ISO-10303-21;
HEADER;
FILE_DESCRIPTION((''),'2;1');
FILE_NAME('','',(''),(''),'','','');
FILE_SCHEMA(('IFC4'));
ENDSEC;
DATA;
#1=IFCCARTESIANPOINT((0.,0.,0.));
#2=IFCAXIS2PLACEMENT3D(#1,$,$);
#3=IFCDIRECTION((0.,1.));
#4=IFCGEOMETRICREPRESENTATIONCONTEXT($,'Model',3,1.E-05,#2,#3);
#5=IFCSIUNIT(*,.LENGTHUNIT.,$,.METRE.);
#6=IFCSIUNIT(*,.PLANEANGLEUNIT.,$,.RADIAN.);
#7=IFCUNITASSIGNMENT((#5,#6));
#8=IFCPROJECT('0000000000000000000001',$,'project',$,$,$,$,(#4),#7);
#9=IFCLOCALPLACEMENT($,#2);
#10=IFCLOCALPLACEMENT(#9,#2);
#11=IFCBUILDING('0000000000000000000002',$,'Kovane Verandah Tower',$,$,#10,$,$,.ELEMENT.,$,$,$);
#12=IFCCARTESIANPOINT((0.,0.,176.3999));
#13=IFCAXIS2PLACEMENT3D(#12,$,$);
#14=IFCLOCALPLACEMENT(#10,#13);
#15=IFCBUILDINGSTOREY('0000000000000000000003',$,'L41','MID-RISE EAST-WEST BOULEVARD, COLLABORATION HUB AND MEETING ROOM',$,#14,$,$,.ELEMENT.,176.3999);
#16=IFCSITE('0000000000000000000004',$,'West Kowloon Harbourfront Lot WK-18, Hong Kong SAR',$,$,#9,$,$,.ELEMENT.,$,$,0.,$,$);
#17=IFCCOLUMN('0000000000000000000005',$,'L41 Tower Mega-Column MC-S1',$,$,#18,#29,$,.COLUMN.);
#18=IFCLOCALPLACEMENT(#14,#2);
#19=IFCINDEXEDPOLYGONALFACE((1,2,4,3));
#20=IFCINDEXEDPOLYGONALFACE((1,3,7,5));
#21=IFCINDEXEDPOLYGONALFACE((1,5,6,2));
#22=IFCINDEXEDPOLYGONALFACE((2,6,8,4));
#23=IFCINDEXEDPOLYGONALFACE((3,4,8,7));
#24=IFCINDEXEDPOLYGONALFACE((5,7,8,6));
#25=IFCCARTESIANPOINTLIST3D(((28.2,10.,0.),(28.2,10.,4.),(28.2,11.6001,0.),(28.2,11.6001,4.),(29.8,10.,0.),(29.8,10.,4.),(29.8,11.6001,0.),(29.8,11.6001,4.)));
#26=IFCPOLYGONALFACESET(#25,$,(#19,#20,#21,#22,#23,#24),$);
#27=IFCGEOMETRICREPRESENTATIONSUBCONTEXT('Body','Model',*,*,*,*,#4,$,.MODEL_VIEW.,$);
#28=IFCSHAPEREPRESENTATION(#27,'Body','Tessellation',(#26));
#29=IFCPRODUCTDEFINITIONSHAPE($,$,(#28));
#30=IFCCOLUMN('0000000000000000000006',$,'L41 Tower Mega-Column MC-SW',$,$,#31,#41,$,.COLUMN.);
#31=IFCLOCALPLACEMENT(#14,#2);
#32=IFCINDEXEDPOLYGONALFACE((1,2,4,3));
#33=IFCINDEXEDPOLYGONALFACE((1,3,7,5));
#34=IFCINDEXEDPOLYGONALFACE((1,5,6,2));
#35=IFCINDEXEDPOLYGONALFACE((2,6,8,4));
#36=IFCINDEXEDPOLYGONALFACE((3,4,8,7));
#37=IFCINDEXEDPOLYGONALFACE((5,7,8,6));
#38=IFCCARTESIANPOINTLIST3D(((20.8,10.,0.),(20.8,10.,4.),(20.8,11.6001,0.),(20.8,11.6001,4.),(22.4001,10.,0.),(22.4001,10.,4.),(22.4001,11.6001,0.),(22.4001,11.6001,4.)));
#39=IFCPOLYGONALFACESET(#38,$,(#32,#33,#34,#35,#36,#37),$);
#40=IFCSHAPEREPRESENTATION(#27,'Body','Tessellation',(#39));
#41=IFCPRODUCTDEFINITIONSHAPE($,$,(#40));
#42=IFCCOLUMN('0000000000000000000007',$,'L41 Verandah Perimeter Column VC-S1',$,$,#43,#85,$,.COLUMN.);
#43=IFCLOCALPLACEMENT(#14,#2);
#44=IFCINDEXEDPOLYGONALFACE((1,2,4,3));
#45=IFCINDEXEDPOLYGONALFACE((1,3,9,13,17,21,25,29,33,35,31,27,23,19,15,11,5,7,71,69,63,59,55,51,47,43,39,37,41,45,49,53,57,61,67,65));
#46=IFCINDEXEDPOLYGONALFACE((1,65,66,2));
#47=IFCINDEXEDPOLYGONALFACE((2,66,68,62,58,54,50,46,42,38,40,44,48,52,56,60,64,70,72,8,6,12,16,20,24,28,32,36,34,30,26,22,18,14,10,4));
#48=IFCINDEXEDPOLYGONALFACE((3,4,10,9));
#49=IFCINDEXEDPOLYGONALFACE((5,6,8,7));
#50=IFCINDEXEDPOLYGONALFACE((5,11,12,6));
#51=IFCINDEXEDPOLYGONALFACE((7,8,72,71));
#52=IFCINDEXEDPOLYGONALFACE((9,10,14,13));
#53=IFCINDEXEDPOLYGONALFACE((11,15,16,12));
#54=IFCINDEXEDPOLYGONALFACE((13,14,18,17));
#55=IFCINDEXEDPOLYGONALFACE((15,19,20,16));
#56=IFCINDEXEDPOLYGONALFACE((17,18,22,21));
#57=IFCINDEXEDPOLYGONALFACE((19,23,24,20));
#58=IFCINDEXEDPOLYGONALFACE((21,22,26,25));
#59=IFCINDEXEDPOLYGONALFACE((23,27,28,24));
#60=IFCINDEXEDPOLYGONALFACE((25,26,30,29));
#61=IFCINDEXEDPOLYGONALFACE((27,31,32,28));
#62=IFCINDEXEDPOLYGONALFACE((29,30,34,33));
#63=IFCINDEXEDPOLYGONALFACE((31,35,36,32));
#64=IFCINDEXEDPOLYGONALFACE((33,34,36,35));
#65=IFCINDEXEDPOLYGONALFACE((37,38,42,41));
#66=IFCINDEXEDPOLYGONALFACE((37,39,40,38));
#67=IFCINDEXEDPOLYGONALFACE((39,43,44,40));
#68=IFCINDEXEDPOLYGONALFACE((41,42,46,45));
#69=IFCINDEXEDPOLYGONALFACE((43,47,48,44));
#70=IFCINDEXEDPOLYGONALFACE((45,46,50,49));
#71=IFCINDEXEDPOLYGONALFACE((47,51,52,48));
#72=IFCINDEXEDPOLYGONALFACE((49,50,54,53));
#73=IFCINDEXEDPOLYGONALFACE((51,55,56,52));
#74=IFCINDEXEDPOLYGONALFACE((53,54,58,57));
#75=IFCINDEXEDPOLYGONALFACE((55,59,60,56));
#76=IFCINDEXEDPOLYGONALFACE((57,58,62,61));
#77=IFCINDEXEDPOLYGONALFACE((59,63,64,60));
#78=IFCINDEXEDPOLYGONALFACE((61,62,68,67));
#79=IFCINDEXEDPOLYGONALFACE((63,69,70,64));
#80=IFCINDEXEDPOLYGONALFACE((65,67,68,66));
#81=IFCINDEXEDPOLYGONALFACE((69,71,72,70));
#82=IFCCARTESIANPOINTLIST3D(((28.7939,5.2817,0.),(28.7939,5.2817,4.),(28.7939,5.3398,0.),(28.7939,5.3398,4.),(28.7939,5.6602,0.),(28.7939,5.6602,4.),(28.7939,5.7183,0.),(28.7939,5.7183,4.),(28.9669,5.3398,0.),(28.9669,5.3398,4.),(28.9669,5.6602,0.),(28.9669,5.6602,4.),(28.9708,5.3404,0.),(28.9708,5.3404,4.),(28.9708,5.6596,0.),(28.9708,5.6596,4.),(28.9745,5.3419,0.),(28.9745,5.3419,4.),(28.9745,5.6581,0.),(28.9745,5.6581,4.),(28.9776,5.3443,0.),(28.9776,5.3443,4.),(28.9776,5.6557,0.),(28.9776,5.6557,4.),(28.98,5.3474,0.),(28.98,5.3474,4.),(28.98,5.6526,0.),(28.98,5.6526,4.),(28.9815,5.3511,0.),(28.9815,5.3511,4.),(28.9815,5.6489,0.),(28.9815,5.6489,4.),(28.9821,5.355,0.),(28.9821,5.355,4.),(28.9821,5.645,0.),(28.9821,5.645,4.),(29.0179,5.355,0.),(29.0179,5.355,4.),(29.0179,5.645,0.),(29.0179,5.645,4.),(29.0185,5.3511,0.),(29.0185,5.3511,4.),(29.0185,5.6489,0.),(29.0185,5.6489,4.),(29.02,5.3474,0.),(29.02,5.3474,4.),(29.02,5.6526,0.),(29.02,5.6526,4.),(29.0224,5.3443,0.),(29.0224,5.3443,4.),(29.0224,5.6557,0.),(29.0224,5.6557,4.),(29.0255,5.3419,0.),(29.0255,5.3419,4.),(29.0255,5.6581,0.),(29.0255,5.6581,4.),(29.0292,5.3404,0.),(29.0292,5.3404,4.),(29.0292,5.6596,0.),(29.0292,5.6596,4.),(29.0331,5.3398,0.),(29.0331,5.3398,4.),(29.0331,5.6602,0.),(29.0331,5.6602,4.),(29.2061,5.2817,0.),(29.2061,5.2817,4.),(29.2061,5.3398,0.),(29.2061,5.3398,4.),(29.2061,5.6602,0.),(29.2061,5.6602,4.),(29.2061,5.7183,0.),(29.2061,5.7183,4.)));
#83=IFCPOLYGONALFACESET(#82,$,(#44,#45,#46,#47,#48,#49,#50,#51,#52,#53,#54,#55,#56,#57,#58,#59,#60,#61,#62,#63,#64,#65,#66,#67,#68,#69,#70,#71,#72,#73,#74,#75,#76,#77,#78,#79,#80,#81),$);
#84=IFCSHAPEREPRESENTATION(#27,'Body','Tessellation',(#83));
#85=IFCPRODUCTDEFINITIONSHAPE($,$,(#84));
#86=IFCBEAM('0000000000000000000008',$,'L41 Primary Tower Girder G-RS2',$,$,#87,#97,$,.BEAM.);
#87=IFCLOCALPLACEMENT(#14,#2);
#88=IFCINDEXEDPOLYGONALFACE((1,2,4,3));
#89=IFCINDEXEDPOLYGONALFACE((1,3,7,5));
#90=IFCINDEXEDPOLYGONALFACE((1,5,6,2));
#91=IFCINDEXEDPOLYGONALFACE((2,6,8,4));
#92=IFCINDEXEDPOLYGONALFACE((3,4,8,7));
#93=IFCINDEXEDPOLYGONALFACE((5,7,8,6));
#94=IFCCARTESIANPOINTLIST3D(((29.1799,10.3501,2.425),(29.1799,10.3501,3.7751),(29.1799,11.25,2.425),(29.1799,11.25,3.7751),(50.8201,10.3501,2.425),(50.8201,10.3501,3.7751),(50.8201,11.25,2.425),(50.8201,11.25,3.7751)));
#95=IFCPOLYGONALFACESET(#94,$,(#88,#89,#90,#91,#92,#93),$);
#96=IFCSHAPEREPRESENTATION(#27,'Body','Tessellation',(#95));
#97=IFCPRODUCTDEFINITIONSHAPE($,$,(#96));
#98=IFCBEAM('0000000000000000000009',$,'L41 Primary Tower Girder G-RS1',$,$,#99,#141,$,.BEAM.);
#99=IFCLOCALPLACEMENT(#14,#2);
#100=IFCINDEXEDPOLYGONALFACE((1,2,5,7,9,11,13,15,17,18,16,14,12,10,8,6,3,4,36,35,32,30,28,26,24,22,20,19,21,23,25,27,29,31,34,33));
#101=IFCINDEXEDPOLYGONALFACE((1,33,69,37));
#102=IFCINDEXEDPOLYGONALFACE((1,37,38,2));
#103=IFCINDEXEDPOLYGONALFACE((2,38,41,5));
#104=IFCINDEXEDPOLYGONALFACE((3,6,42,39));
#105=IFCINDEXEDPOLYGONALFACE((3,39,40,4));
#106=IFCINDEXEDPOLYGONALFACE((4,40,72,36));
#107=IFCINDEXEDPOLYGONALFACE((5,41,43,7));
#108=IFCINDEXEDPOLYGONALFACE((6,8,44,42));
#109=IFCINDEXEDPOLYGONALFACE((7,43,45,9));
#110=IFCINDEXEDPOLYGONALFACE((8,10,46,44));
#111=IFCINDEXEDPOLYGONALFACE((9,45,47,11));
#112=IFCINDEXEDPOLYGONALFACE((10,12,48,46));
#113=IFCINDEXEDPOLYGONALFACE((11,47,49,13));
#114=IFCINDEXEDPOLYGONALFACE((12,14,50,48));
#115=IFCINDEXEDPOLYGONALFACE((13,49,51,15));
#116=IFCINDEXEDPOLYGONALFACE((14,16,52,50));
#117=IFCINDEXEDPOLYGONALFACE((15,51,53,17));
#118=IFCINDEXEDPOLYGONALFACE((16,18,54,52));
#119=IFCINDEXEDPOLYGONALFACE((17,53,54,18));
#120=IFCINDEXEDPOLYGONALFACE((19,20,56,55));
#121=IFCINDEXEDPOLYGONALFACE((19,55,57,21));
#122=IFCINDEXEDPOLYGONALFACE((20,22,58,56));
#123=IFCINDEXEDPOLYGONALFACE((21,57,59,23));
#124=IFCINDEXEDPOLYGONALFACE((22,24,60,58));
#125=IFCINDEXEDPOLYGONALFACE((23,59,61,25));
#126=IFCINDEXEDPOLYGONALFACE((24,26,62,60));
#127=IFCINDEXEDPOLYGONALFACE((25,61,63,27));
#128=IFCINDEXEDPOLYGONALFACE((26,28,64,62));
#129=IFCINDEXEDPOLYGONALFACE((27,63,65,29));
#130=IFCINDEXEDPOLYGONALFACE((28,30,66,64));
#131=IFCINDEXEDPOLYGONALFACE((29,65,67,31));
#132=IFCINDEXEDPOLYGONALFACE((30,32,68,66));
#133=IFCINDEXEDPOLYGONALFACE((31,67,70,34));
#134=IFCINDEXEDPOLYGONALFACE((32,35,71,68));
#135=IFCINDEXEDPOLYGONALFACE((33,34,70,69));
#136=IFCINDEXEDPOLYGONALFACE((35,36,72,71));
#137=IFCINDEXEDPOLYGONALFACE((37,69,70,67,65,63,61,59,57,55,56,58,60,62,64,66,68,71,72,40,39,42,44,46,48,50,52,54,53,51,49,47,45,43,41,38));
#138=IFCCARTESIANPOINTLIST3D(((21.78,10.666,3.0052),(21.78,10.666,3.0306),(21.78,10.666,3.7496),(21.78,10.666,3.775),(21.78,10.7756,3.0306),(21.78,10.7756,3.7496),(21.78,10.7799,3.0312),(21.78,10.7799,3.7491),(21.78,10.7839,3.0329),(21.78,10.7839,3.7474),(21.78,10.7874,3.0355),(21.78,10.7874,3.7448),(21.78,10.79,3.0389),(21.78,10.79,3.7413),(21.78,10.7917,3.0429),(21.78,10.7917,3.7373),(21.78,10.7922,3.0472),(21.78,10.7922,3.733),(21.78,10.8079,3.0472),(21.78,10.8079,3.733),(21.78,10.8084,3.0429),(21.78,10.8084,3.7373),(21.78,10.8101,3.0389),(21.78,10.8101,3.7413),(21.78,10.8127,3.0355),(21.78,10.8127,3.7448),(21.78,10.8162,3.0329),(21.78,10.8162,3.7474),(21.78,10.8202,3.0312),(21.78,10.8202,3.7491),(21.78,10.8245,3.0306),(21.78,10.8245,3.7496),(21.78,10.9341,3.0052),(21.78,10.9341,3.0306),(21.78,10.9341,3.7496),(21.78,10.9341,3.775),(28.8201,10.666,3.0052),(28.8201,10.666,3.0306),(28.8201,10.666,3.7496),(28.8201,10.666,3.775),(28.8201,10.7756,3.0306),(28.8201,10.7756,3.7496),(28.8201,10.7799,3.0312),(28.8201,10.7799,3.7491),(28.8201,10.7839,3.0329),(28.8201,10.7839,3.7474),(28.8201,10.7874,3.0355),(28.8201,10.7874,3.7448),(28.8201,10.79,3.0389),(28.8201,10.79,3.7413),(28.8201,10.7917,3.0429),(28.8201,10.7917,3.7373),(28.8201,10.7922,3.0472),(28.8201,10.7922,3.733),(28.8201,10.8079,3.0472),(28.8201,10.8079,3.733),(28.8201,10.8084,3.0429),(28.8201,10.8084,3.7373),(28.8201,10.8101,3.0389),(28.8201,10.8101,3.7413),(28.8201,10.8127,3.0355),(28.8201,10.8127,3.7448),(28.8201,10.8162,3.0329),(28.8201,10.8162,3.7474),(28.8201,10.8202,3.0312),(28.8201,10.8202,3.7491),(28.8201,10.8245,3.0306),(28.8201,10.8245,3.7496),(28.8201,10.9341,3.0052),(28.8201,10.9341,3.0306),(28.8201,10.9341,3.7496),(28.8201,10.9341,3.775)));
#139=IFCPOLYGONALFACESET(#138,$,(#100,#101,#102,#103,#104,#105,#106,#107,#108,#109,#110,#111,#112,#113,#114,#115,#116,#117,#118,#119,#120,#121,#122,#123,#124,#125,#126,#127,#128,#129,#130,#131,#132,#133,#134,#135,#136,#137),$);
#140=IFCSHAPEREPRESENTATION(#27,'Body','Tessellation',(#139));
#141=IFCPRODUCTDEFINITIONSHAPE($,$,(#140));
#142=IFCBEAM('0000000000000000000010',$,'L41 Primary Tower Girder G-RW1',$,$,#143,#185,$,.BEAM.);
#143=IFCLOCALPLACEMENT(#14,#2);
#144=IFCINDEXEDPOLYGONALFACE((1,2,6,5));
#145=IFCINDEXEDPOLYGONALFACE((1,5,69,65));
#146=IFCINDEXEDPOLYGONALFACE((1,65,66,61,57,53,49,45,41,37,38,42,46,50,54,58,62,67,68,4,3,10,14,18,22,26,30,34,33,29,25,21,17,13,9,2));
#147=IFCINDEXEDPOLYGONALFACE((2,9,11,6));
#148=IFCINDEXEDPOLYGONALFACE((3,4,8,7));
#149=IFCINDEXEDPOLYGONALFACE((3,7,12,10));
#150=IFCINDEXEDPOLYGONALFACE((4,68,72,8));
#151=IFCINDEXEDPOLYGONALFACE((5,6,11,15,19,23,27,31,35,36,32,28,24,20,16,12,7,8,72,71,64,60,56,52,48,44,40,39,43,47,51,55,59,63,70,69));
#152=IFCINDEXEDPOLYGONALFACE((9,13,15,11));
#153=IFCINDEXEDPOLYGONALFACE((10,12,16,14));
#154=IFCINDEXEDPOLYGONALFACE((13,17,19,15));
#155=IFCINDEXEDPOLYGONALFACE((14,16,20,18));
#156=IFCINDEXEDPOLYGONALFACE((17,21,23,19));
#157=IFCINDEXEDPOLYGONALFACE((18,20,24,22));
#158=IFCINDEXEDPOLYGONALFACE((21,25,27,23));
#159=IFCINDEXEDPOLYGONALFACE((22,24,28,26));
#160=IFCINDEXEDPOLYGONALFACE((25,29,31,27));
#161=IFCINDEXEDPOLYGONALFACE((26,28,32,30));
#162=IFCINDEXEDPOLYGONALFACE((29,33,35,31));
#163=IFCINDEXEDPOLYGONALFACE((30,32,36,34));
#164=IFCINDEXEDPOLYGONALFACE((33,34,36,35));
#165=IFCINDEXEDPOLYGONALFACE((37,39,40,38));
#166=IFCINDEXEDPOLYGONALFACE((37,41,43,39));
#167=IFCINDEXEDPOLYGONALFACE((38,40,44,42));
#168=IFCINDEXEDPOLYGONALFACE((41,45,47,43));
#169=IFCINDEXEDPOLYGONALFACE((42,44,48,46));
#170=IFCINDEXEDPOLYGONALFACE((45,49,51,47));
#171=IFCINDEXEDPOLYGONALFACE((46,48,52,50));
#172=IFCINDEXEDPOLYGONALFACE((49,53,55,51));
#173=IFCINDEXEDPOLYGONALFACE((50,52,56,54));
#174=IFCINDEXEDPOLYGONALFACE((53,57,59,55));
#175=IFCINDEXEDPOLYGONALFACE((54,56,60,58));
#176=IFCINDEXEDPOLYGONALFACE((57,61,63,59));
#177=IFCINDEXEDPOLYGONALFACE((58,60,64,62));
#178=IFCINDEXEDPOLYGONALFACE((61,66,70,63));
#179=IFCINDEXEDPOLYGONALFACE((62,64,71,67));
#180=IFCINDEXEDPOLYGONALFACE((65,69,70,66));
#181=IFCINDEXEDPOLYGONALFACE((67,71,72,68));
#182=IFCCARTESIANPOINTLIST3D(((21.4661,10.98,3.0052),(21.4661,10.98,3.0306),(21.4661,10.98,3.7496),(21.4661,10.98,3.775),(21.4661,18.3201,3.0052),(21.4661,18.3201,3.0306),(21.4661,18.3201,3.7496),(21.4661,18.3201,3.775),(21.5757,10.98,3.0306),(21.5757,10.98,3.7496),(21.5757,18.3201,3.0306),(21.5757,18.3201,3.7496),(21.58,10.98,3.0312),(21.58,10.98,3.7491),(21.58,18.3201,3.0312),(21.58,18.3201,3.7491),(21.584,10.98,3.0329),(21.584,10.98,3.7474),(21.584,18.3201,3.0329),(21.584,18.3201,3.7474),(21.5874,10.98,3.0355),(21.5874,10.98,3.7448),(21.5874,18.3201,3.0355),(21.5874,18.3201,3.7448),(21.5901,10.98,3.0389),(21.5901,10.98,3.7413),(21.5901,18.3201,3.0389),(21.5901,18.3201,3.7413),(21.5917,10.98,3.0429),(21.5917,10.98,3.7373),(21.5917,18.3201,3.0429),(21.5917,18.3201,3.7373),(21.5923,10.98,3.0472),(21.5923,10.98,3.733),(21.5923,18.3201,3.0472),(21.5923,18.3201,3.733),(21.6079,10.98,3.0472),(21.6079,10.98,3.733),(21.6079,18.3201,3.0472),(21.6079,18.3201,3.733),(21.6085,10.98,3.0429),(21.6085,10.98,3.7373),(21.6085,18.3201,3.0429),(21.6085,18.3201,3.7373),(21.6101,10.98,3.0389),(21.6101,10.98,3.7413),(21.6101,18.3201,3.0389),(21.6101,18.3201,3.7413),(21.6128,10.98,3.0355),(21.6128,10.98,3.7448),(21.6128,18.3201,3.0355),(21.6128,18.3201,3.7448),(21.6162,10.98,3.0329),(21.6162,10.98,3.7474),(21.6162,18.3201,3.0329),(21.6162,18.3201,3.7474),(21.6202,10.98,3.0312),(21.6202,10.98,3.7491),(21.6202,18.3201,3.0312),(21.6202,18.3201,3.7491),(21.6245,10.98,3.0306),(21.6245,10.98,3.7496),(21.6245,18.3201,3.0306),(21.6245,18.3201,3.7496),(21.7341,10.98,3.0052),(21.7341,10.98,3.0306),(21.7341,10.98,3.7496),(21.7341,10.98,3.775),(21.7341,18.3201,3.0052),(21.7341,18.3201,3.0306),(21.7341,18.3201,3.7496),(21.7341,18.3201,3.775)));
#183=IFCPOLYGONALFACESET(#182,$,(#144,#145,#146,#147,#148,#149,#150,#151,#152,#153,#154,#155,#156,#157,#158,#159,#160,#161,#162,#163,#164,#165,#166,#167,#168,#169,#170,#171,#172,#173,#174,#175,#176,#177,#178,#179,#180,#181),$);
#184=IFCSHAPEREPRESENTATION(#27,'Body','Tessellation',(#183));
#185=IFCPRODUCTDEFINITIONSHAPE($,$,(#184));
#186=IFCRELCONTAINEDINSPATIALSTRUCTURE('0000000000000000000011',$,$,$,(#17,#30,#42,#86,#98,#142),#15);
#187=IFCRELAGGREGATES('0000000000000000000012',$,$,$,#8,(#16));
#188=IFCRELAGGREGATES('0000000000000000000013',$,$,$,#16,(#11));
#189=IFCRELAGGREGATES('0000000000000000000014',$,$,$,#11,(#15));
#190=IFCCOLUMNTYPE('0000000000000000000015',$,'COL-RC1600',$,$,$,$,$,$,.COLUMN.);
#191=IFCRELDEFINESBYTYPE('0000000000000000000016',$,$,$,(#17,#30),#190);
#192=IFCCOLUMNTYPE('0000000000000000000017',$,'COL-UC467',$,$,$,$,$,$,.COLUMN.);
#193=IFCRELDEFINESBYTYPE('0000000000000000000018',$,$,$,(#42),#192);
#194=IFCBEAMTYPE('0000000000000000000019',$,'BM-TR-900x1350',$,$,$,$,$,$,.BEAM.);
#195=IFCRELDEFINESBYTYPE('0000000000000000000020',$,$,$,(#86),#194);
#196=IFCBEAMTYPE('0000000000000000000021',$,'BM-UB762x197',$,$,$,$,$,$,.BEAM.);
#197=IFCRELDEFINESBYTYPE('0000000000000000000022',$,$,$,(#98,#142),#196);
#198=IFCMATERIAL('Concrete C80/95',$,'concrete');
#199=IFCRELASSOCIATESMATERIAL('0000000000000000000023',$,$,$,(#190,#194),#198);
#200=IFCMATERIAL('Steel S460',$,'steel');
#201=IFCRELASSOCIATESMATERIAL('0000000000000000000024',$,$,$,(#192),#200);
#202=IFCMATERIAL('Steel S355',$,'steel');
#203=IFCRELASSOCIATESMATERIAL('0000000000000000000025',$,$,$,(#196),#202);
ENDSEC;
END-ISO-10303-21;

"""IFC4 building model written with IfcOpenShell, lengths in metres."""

from ifc_helpers import new_model, si_unit, direction, frame, origin, origin_2d, place, context, subcontext, project, spatial, rectangle, i_section, extrude, material, material_profile, profile_set, type_object, element, save


model = new_model("IFC4")

# Units and contexts
model_context = context("Model", 3, precision=1e-05, world=origin(), true_north=direction((0.0, 1.0)))
body_context = subcontext(model_context, "Body", "Model", "MODEL_VIEW")
ifc_project = project(units=[si_unit("LENGTHUNIT", "METRE"), si_unit("PLANEANGLEUNIT", "RADIAN")], contexts=[model_context])

# Site, building, storey
site_placement = place(None, origin())
site = spatial("IfcSite", under=ifc_project, at=site_placement, Name="West Kowloon Harbourfront Lot WK-18, Hong Kong SAR", CompositionType="ELEMENT", RefElevation=0.0)
building_placement = place(site_placement, origin())
building = spatial("IfcBuilding", under=site, at=building_placement, Name="Kovane Verandah Tower", CompositionType="ELEMENT")
storey_placement = place(building_placement, frame((0.0, 0.0, 176.3999)))
storey = spatial("IfcBuildingStorey", under=building, at=storey_placement, Name="L41", Description="MID-RISE EAST-WEST BOULEVARD, COLLABORATION HUB AND MEETING ROOM", CompositionType="ELEMENT", Elevation=176.3999)

# Columns
ifc_material_1 = material(Name="Concrete C80/95", Category="concrete")
ifc_material_profile_1 = material_profile(ifc_material_1, rectangle(XDim=1.6001, YDim=1.6001, at=origin_2d()), Name="RC1600x1600")
ifc_profile_set_1 = profile_set([ifc_material_profile_1], Name="Concrete C80/95")
column_type_1 = type_object("IfcColumnType", Name="COL-RC1600", PredefinedType="COLUMN", material=ifc_profile_set_1)
for number, where, z_axis, x_axis, name in (
    (1, (29.0, 10.8, 0.0), (0.0, 0.0, 1.0), (1.0, 0.0, 0.0), "L41 Tower Mega-Column MC-S1"),
    (2, (21.6001, 10.8, 0.0), (0.0, 0.0, 1.0), (1.0, 0.0, 0.0), "L41 Tower Mega-Column MC-SW"),
):
    element("IfcColumn", number, at=place(storey_placement, frame(where, z_axis=z_axis, x_axis=x_axis)), inside=storey, type_object=column_type_1, Name=name, PredefinedType="COLUMN", context=body_context, shape_type="SweptSolid", body=[
        extrude(rectangle(XDim=1.6001, YDim=1.6001, at=origin_2d()), origin(), (0.0, 0.0, 1.0), 4.0),
    ])
ifc_material_2 = material(Name="Steel S460", Category="steel")
ifc_material_profile_2 = material_profile(ifc_material_2, i_section(OverallWidth=0.4121, OverallDepth=0.4365, WebThickness=0.0359, FlangeThickness=0.0581, FilletRadius=0.0151, at=origin_2d()), Name="UC356x406x467")
ifc_profile_set_2 = profile_set([ifc_material_profile_2], Name="Steel S460")
column_type_2 = type_object("IfcColumnType", Name="COL-UC467", PredefinedType="COLUMN", material=ifc_profile_set_2)
column_placement = place(storey_placement, frame((29.0, 5.5, 0.0), z_axis=(0.0, 0.0, 1.0), x_axis=(1.0, 0.0, 0.0)))
element("IfcColumn", 3, at=column_placement, inside=storey, type_object=column_type_2, Name="L41 Verandah Perimeter Column VC-S1", PredefinedType="COLUMN", context=body_context, shape_type="SweptSolid", body=[
    extrude(i_section(OverallWidth=0.4121, OverallDepth=0.4365, WebThickness=0.0359, FlangeThickness=0.0581, FilletRadius=0.0151, at=origin_2d()), origin(), (0.0, 0.0, 1.0), 4.0),
])

# Beams
ifc_material_profile_3 = material_profile(ifc_material_1, rectangle(XDim=0.8999, YDim=1.3501, at=origin_2d()), Name="RCB900x1350")
ifc_profile_set_3 = profile_set([ifc_material_profile_3], Name="Concrete C80/95")
beam_type_1 = type_object("IfcBeamType", Name="BM-TR-900x1350", PredefinedType="BEAM", material=ifc_profile_set_3)
beam_1_placement = place(storey_placement, frame((29.1799, 10.8, 3.1001), z_axis=(1.0, 0.0, 0.0), x_axis=(0.0, 1.0, 0.0)))
element("IfcBeam", 4, at=beam_1_placement, inside=storey, type_object=beam_type_1, Name="L41 Primary Tower Girder G-RS2", PredefinedType="BEAM", context=body_context, shape_type="SweptSolid", body=[
    extrude(rectangle(XDim=0.8999, YDim=1.3501, at=origin_2d()), origin(), (0.0, 0.0, 1.0), 21.6401),
])
ifc_material_3 = material(Name="Steel S355", Category="steel")
ifc_material_profile_4 = material_profile(ifc_material_3, i_section(OverallWidth=0.2681, OverallDepth=0.7698, WebThickness=0.0156, FlangeThickness=0.0254, FilletRadius=0.0166, at=origin_2d()), Name="UB762x267x197")
ifc_profile_set_4 = profile_set([ifc_material_profile_4], Name="Steel S355")
beam_type_2 = type_object("IfcBeamType", Name="BM-UB762x197", PredefinedType="BEAM", material=ifc_profile_set_4)
beam_2_placement = place(storey_placement, frame((21.78, 10.8, 3.3901), z_axis=(1.0, 0.0, 0.0), x_axis=(0.0, 1.0, 0.0)))
element("IfcBeam", 5, at=beam_2_placement, inside=storey, type_object=beam_type_2, Name="L41 Primary Tower Girder G-RS1", PredefinedType="BEAM", context=body_context, shape_type="SweptSolid", body=[
    extrude(i_section(OverallWidth=0.2681, OverallDepth=0.7698, WebThickness=0.0156, FlangeThickness=0.0254, FilletRadius=0.0166, at=origin_2d()), origin(), (0.0, 0.0, 1.0), 7.04),
])
for number, where, z_axis, x_axis, name in (
    (6, (21.6001, 10.98, 3.3901), (0.0, 1.0, 0.0), (-1.0, 0.0, 0.0), "L41 Primary Tower Girder G-RW1"),
):
    element("IfcBeam", number, at=place(storey_placement, frame(where, z_axis=z_axis, x_axis=x_axis)), inside=storey, type_object=beam_type_2, Name=name, PredefinedType="BEAM", context=body_context, shape_type="SweptSolid", body=[
        extrude(i_section(OverallWidth=0.2681, OverallDepth=0.7698, WebThickness=0.0156, FlangeThickness=0.0254, FilletRadius=0.0166, at=origin_2d()), origin(), (0.0, 0.0, 1.0), 7.3401),
    ])

save(model, "model.ifc")
